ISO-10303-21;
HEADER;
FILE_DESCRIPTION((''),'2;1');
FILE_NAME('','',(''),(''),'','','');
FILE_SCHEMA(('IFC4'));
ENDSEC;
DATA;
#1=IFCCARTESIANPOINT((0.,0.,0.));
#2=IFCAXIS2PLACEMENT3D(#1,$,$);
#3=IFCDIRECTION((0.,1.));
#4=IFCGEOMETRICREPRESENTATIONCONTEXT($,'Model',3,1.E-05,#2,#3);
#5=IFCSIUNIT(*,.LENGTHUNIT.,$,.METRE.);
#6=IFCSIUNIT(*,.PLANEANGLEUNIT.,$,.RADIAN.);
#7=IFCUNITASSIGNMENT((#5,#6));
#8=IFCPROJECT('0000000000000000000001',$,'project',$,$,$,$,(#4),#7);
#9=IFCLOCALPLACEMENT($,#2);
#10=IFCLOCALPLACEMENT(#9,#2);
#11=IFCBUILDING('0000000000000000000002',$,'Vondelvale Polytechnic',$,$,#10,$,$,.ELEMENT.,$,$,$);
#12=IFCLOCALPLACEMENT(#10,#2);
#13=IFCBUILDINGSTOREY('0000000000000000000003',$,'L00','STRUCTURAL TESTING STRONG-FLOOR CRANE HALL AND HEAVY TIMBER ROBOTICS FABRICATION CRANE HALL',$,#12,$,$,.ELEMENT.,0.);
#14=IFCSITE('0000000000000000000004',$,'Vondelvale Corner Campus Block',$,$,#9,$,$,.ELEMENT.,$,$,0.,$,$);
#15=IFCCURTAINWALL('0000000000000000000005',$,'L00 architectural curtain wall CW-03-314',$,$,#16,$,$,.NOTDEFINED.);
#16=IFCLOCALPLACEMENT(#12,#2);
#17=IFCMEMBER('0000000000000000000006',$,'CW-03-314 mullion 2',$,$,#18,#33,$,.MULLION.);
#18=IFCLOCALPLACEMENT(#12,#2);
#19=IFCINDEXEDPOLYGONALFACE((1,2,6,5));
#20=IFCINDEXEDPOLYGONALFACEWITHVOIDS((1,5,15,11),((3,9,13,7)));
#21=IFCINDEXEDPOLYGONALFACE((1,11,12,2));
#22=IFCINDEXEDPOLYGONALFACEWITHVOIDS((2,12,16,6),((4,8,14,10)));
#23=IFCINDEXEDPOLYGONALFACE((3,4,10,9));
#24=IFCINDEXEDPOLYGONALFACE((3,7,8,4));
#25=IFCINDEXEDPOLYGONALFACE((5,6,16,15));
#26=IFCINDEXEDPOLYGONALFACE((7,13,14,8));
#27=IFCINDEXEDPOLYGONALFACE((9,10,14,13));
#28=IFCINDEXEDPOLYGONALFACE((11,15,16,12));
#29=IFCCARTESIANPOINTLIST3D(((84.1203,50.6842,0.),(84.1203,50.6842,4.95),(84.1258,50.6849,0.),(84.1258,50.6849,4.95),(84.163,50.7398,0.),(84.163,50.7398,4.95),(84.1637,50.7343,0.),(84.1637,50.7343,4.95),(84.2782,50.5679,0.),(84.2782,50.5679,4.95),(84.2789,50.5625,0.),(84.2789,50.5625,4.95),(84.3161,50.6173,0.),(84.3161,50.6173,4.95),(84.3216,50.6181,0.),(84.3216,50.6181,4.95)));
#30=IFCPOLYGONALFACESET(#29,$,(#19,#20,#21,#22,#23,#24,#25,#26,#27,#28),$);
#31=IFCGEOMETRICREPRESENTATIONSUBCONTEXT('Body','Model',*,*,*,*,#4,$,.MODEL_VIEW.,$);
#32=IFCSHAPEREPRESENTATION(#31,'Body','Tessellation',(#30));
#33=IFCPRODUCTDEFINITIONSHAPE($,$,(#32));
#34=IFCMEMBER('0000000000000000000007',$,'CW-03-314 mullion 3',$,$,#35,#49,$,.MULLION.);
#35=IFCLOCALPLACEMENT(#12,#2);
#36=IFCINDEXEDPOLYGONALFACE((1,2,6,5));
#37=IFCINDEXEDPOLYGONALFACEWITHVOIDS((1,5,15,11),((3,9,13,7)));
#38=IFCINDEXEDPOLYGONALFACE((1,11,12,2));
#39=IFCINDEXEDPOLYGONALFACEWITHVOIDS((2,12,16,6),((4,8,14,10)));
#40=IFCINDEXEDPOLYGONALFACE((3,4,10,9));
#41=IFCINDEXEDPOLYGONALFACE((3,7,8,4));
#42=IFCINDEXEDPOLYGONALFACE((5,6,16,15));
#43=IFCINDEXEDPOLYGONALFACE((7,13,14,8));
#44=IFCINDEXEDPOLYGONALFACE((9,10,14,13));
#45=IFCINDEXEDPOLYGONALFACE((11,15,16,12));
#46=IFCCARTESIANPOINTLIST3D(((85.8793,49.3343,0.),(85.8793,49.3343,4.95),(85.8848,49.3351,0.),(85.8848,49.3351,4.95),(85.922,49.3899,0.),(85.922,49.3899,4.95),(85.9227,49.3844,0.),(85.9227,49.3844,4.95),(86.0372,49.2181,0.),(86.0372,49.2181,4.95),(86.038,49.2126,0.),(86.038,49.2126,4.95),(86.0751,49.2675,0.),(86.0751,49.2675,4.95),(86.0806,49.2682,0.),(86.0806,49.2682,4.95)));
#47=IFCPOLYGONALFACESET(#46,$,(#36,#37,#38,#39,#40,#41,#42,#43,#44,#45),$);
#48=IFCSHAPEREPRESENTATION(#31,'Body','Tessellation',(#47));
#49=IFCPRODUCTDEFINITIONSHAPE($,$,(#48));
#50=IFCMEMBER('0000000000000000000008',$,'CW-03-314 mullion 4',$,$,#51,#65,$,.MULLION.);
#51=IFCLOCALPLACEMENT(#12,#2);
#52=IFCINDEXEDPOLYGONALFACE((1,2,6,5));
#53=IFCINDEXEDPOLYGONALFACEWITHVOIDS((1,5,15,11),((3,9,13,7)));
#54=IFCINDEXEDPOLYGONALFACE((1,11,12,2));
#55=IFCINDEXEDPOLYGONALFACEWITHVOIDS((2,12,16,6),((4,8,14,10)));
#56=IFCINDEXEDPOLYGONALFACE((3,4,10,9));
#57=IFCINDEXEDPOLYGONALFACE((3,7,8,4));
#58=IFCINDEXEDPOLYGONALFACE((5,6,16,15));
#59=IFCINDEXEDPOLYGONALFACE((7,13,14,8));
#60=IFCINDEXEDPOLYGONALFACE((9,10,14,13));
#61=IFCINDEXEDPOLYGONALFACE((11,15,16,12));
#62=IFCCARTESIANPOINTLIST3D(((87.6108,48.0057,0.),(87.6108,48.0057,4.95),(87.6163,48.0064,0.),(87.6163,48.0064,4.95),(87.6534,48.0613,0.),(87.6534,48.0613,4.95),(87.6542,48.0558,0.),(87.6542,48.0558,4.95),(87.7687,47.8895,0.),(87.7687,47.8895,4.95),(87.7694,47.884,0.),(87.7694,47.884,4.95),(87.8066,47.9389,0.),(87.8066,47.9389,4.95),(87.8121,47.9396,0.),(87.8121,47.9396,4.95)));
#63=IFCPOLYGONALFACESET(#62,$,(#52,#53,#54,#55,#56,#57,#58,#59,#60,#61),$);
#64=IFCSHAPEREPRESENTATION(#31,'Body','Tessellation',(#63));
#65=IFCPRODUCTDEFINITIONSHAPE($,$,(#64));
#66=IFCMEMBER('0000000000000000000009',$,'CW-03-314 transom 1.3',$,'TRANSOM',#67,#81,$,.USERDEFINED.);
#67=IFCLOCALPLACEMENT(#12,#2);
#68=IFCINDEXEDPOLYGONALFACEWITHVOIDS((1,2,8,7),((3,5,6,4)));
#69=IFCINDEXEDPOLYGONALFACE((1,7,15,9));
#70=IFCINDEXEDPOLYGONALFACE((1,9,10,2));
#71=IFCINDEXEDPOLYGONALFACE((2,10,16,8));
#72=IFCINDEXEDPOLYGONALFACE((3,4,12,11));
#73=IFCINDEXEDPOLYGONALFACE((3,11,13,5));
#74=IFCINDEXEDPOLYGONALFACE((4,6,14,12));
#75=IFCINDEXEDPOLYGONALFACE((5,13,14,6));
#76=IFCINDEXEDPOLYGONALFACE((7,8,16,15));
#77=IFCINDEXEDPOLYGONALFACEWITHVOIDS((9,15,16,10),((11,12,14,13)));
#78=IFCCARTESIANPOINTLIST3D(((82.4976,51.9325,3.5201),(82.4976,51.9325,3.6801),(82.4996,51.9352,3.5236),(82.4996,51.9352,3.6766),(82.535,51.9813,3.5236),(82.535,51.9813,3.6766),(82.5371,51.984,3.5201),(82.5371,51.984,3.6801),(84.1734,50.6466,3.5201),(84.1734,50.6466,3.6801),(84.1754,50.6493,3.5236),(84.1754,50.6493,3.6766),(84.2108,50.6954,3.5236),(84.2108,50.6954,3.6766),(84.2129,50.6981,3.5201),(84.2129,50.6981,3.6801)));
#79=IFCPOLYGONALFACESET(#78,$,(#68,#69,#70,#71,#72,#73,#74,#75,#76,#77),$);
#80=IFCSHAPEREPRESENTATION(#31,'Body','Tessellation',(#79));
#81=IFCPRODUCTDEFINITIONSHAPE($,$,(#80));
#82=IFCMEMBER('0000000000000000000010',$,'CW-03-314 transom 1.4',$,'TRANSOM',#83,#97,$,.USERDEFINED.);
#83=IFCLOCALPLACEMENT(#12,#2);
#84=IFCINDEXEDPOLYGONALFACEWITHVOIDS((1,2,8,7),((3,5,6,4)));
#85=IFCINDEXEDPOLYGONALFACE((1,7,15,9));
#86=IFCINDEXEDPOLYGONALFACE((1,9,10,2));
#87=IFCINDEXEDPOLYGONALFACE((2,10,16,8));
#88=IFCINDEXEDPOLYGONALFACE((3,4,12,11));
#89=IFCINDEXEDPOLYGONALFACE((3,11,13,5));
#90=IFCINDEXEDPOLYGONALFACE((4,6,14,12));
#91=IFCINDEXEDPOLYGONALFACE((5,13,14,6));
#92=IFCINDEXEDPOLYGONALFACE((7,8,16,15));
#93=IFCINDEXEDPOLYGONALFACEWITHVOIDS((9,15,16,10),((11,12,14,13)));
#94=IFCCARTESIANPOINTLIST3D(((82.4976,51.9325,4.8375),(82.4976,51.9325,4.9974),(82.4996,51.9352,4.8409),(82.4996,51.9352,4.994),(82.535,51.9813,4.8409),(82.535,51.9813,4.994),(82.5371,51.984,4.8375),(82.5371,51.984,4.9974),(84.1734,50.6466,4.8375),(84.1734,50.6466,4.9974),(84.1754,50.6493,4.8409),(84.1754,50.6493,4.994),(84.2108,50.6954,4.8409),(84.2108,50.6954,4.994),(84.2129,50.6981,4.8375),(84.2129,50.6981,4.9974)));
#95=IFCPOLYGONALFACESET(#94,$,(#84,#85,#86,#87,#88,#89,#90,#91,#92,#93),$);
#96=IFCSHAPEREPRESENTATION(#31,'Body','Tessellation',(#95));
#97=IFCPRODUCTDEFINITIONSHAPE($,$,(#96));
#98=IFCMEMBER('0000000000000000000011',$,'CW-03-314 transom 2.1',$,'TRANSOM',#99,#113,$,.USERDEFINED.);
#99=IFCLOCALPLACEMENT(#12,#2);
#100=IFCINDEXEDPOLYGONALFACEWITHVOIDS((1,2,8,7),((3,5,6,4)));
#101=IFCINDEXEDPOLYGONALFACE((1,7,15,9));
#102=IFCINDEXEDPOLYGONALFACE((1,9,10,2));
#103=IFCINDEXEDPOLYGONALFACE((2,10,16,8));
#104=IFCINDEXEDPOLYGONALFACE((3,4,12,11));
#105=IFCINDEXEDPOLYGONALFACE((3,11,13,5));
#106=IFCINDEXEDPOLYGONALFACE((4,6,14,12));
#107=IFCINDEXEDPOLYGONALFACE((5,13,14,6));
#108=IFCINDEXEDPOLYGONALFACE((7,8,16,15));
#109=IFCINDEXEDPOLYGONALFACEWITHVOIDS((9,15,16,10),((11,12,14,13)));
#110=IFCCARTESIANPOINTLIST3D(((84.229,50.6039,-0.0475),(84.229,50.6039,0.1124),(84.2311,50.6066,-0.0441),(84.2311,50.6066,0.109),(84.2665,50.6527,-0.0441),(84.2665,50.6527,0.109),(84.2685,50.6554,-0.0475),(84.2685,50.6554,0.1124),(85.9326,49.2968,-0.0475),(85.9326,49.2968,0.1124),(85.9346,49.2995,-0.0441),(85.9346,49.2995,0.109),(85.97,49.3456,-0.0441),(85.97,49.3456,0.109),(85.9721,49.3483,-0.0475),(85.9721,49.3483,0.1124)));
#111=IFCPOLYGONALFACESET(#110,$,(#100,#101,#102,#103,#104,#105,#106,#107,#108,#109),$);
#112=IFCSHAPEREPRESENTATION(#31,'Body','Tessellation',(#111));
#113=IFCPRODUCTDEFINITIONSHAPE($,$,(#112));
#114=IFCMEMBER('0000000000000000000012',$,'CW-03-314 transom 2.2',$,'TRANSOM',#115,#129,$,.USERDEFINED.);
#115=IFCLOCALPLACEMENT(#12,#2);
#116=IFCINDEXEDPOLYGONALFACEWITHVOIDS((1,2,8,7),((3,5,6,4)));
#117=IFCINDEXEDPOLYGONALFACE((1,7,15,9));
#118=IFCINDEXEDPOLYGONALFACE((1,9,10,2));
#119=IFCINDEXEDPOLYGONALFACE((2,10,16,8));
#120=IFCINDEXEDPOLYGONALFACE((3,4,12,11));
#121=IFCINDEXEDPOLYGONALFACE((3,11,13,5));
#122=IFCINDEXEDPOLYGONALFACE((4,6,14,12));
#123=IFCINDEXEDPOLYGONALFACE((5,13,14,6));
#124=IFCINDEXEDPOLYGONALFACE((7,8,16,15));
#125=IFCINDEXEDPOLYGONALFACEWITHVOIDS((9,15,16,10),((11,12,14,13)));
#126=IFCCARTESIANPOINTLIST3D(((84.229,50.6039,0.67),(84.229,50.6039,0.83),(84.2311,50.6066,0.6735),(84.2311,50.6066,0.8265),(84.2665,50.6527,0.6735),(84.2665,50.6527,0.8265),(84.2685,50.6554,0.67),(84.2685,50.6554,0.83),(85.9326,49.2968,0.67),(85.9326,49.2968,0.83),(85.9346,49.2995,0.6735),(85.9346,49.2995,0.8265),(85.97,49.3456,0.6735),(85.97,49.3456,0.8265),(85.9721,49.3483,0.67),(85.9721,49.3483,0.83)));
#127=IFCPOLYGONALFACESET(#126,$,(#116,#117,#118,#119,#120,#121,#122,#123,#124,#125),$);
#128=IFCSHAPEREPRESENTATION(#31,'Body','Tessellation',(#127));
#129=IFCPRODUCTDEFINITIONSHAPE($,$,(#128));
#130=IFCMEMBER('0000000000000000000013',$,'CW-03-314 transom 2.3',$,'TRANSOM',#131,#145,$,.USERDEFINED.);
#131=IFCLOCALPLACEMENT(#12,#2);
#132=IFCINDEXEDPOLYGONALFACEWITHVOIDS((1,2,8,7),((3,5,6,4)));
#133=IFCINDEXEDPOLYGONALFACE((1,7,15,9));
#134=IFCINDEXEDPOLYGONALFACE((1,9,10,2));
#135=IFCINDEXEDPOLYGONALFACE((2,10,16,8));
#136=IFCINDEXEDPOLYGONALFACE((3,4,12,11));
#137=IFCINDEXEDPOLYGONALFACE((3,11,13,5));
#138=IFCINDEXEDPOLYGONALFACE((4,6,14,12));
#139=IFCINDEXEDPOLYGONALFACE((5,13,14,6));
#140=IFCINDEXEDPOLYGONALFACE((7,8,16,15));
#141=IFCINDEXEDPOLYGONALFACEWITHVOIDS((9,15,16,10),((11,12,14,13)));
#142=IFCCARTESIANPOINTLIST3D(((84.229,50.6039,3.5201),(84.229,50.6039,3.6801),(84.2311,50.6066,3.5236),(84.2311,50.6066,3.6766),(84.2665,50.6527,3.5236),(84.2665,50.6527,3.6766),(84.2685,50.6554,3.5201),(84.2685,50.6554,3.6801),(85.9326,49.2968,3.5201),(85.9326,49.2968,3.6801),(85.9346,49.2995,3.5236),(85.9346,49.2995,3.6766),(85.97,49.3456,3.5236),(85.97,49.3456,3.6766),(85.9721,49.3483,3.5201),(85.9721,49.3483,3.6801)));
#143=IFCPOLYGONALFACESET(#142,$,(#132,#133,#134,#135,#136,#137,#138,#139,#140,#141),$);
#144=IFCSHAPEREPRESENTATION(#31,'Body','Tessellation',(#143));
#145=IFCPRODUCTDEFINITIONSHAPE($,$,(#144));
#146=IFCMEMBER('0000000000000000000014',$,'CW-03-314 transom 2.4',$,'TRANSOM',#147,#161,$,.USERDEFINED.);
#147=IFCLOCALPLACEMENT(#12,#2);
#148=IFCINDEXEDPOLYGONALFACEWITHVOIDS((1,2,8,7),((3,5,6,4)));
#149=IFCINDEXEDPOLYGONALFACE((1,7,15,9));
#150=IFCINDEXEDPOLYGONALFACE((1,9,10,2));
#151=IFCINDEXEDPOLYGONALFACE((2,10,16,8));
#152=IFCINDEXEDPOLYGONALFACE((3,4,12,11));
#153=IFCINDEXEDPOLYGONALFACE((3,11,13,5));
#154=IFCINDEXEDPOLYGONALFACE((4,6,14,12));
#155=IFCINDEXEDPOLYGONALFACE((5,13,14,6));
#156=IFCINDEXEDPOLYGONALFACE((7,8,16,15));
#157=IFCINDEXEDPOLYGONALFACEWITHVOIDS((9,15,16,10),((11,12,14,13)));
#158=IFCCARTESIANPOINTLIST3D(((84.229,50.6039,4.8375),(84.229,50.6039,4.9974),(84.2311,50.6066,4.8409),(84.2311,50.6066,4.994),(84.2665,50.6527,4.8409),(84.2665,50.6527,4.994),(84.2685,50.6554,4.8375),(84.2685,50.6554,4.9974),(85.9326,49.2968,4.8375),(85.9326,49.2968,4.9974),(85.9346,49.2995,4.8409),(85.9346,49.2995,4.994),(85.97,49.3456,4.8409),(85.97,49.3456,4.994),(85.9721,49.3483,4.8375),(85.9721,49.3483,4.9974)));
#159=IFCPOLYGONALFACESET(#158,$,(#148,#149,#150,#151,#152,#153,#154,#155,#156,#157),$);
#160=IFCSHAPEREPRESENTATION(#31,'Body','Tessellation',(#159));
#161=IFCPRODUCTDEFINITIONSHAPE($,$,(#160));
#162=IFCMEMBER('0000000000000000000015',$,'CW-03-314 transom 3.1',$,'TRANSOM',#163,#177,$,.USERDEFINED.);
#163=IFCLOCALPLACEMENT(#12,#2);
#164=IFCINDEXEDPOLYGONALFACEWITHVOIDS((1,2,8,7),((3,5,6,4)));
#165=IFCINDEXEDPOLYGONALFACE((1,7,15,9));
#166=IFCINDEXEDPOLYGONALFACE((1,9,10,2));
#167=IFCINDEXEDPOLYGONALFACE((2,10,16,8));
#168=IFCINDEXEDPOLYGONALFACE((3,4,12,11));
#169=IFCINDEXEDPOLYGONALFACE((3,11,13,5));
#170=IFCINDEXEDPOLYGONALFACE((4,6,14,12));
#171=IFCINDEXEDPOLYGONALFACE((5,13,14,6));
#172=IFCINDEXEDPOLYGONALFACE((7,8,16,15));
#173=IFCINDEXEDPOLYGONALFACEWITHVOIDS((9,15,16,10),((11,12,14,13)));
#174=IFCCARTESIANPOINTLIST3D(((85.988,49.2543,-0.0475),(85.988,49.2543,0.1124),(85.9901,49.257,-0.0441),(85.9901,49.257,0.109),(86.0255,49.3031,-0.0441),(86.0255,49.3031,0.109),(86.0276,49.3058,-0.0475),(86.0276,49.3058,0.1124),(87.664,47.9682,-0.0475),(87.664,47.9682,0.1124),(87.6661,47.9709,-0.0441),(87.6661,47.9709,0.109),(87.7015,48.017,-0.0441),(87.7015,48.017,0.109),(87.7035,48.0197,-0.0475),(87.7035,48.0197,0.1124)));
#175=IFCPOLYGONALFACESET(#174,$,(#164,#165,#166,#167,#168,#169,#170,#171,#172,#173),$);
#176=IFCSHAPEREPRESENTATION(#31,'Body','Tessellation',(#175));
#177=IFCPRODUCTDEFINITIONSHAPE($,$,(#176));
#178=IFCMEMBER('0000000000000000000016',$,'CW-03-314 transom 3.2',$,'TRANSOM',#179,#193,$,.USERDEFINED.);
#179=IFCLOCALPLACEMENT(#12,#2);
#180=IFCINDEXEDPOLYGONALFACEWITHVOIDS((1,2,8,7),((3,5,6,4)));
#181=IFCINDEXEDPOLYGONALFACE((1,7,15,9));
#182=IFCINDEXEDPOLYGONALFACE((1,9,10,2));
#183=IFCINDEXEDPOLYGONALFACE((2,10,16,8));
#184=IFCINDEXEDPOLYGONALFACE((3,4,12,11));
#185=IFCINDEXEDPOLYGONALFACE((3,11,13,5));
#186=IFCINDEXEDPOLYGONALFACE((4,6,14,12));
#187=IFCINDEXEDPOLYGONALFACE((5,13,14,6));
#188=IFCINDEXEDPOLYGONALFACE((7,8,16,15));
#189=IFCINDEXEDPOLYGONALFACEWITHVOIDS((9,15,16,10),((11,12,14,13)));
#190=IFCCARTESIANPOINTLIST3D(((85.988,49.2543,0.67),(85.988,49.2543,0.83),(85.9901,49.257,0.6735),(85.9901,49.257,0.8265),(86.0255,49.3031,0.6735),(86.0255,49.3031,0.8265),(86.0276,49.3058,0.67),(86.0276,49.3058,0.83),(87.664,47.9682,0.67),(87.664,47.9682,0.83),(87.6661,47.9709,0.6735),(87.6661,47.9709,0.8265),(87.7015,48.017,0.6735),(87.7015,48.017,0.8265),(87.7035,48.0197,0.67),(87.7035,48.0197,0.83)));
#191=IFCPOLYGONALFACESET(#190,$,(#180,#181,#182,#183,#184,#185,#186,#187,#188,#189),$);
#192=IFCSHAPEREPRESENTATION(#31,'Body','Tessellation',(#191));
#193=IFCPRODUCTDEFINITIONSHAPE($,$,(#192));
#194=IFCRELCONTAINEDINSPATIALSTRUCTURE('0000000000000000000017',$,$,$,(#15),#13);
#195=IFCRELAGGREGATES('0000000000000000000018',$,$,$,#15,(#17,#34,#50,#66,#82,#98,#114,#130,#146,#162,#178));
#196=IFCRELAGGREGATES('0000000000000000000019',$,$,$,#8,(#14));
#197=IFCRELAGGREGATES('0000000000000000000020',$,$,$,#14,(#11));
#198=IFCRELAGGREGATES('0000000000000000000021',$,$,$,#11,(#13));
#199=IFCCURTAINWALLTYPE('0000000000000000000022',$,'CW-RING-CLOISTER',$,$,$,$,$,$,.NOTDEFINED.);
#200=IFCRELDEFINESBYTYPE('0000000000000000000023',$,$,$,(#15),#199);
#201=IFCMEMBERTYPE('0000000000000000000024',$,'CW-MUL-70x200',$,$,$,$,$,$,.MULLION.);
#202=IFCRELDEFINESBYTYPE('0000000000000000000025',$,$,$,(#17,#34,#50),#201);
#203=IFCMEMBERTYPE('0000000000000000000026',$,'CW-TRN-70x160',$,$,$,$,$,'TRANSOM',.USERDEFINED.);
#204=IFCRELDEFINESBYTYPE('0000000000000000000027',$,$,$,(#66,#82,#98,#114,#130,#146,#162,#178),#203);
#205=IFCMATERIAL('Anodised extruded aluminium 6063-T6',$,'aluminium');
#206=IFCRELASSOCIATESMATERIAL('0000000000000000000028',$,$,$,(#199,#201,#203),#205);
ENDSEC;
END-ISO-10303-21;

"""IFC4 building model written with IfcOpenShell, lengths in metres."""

from ifc_helpers import new_model, si_unit, direction, frame, origin, origin_2d, place, context, subcontext, project, spatial, hollow_rectangle, extrude, material, material_profile, profile_set, type_object, element, aggregate, save


model = new_model("IFC4")

# Units and contexts
model_context = context("Model", 3, precision=1e-05, world=origin(), true_north=direction((0.0, 1.0)))
body_context = subcontext(model_context, "Body", "Model", "MODEL_VIEW")
ifc_project = project(units=[si_unit("LENGTHUNIT", "METRE"), si_unit("PLANEANGLEUNIT", "RADIAN")], contexts=[model_context])

# Site, building, storey
site_placement = place(None, origin())
site = spatial("IfcSite", under=ifc_project, at=site_placement, Name="Vondelvale Corner Campus Block", CompositionType="ELEMENT", RefElevation=0.0)
building_placement = place(site_placement, origin())
building = spatial("IfcBuilding", under=site, at=building_placement, Name="Vondelvale Polytechnic", CompositionType="ELEMENT")
storey_placement = place(building_placement, origin())
storey = spatial("IfcBuildingStorey", under=building, at=storey_placement, Name="L00", Description="STRUCTURAL TESTING STRONG-FLOOR CRANE HALL AND HEAVY TIMBER ROBOTICS FABRICATION CRANE HALL", CompositionType="ELEMENT", Elevation=0.0)

# Curtain wall, members
ifc_material_1 = material(Name="Anodised extruded aluminium 6063-T6", Category="aluminium")
curtain_wall_type = type_object("IfcCurtainWallType", Name="CW-RING-CLOISTER", PredefinedType="NOTDEFINED", material=ifc_material_1)
curtain_wall_placement = place(storey_placement, origin())
curtain_wall = element("IfcCurtainWall", 1, at=curtain_wall_placement, inside=storey, type_object=curtain_wall_type, Name="L00 architectural curtain wall CW-03-314", PredefinedType="NOTDEFINED")
ifc_material_profile_1 = material_profile(ifc_material_1, hollow_rectangle(XDim=0.0701, YDim=0.2, WallThickness=0.0039, at=origin_2d()), Name="CW-MUL-200x70")
ifc_profile_set_1 = profile_set([ifc_material_profile_1], Name="Anodised extruded aluminium 6063-T6")
member_type_1 = type_object("IfcMemberType", Name="CW-MUL-70x200", PredefinedType="MULLION", material=ifc_profile_set_1)
member_1_placement = place(storey_placement, frame((84.2209, 50.6511, 0.0), z_axis=(0.0, 0.0, 1.0), x_axis=(0.608748, 0.793364, 0.0)))
member_1 = element("IfcMember", 2, at=member_1_placement, type_object=member_type_1, Name="CW-03-314 mullion 2", PredefinedType="MULLION", context=body_context, shape_type="SweptSolid", body=[
    extrude(hollow_rectangle(XDim=0.0701, YDim=0.2, WallThickness=0.0039, at=origin_2d()), origin(), (0.0, 0.0, 1.0), 4.95),
])
member_2_placement = place(storey_placement, frame((85.98, 49.3013, 0.0), z_axis=(0.0, 0.0, 1.0), x_axis=(0.608748, 0.793364, 0.0)))
member_2 = element("IfcMember", 3, at=member_2_placement, type_object=member_type_1, Name="CW-03-314 mullion 3", PredefinedType="MULLION", context=body_context, shape_type="SweptSolid", body=[
    extrude(hollow_rectangle(XDim=0.0701, YDim=0.2, WallThickness=0.0039, at=origin_2d()), origin(), (0.0, 0.0, 1.0), 4.95),
])
member_3_placement = place(storey_placement, frame((87.7114, 47.9727, 0.0), z_axis=(0.0, 0.0, 1.0), x_axis=(0.608748, 0.793364, 0.0)))
member_3 = element("IfcMember", 4, at=member_3_placement, type_object=member_type_1, Name="CW-03-314 mullion 4", PredefinedType="MULLION", context=body_context, shape_type="SweptSolid", body=[
    extrude(hollow_rectangle(XDim=0.0701, YDim=0.2, WallThickness=0.0039, at=origin_2d()), origin(), (0.0, 0.0, 1.0), 4.95),
])
ifc_material_profile_2 = material_profile(ifc_material_1, hollow_rectangle(XDim=0.0649, YDim=0.1599, WallThickness=0.0034, at=origin_2d()), Name="CW-TRN-160x65")
ifc_profile_set_2 = profile_set([ifc_material_profile_2], Name="Anodised extruded aluminium 6063-T6")
member_type_2 = type_object("IfcMemberType", Name="CW-TRN-70x160", ElementType="TRANSOM", PredefinedType="USERDEFINED", material=ifc_profile_set_2)
member_4_placement = place(storey_placement, frame((82.5173, 51.9583, 3.6001), z_axis=(0.79335, -0.608766, 0.0), x_axis=(0.608766, 0.79335, 0.0)))
member_4 = element("IfcMember", 5, at=member_4_placement, type_object=member_type_2, Name="CW-03-314 transom 1.3", ObjectType="TRANSOM", PredefinedType="USERDEFINED", context=body_context, shape_type="SweptSolid", body=[
    extrude(hollow_rectangle(XDim=0.0649, YDim=0.1599, WallThickness=0.0034, at=origin_2d()), origin(), (0.0, 0.0, 1.0), 2.1123),
])
member_5_placement = place(storey_placement, frame((82.5173, 51.9583, 4.9175), z_axis=(0.79335, -0.608766, 0.0), x_axis=(0.608766, 0.79335, 0.0)))
member_5 = element("IfcMember", 6, at=member_5_placement, type_object=member_type_2, Name="CW-03-314 transom 1.4", ObjectType="TRANSOM", PredefinedType="USERDEFINED", context=body_context, shape_type="SweptSolid", body=[
    extrude(hollow_rectangle(XDim=0.0649, YDim=0.1599, WallThickness=0.0034, at=origin_2d()), origin(), (0.0, 0.0, 1.0), 2.1123),
])
member_6_placement = place(storey_placement, frame((84.2488, 50.6296, 0.0325), z_axis=(0.793376, -0.608732, 0.0), x_axis=(0.608732, 0.793376, 0.0)))
member_6 = element("IfcMember", 7, at=member_6_placement, type_object=member_type_2, Name="CW-03-314 transom 2.1", ObjectType="TRANSOM", PredefinedType="USERDEFINED", context=body_context, shape_type="SweptSolid", body=[
    extrude(hollow_rectangle(XDim=0.0649, YDim=0.1599, WallThickness=0.0034, at=origin_2d()), origin(), (0.0, 0.0, 1.0), 2.1472),
])
member_7_placement = place(storey_placement, frame((84.2488, 50.6296, 0.75), z_axis=(0.793376, -0.608732, 0.0), x_axis=(0.608732, 0.793376, 0.0)))
member_7 = element("IfcMember", 8, at=member_7_placement, type_object=member_type_2, Name="CW-03-314 transom 2.2", ObjectType="TRANSOM", PredefinedType="USERDEFINED", context=body_context, shape_type="SweptSolid", body=[
    extrude(hollow_rectangle(XDim=0.0649, YDim=0.1599, WallThickness=0.0034, at=origin_2d()), origin(), (0.0, 0.0, 1.0), 2.1472),
])
member_8_placement = place(storey_placement, frame((84.2488, 50.6296, 3.6001), z_axis=(0.793376, -0.608732, 0.0), x_axis=(0.608732, 0.793376, 0.0)))
member_8 = element("IfcMember", 9, at=member_8_placement, type_object=member_type_2, Name="CW-03-314 transom 2.3", ObjectType="TRANSOM", PredefinedType="USERDEFINED", context=body_context, shape_type="SweptSolid", body=[
    extrude(hollow_rectangle(XDim=0.0649, YDim=0.1599, WallThickness=0.0034, at=origin_2d()), origin(), (0.0, 0.0, 1.0), 2.1472),
])
member_9_placement = place(storey_placement, frame((84.2488, 50.6296, 4.9175), z_axis=(0.793376, -0.608732, 0.0), x_axis=(0.608732, 0.793376, 0.0)))
member_9 = element("IfcMember", 10, at=member_9_placement, type_object=member_type_2, Name="CW-03-314 transom 2.4", ObjectType="TRANSOM", PredefinedType="USERDEFINED", context=body_context, shape_type="SweptSolid", body=[
    extrude(hollow_rectangle(XDim=0.0649, YDim=0.1599, WallThickness=0.0034, at=origin_2d()), origin(), (0.0, 0.0, 1.0), 2.1472),
])
member_10_placement = place(storey_placement, frame((86.0078, 49.28, 0.0325), z_axis=(0.793337, -0.608783, 0.0), x_axis=(0.608783, 0.793337, 0.0)))
member_10 = element("IfcMember", 11, at=member_10_placement, type_object=member_type_2, Name="CW-03-314 transom 3.1", ObjectType="TRANSOM", PredefinedType="USERDEFINED", context=body_context, shape_type="SweptSolid", body=[
    extrude(hollow_rectangle(XDim=0.0649, YDim=0.1599, WallThickness=0.0034, at=origin_2d()), origin(), (0.0, 0.0, 1.0), 2.1125),
])
member_11_placement = place(storey_placement, frame((86.0078, 49.28, 0.75), z_axis=(0.793337, -0.608783, 0.0), x_axis=(0.608783, 0.793337, 0.0)))
member_11 = element("IfcMember", 12, at=member_11_placement, type_object=member_type_2, Name="CW-03-314 transom 3.2", ObjectType="TRANSOM", PredefinedType="USERDEFINED", context=body_context, shape_type="SweptSolid", body=[
    extrude(hollow_rectangle(XDim=0.0649, YDim=0.1599, WallThickness=0.0034, at=origin_2d()), origin(), (0.0, 0.0, 1.0), 2.1125),
])
aggregate(curtain_wall, [member_1, member_2, member_3, member_4, member_5, member_6, member_7, member_8, member_9, member_10, member_11])

save(model, "model.ifc")
